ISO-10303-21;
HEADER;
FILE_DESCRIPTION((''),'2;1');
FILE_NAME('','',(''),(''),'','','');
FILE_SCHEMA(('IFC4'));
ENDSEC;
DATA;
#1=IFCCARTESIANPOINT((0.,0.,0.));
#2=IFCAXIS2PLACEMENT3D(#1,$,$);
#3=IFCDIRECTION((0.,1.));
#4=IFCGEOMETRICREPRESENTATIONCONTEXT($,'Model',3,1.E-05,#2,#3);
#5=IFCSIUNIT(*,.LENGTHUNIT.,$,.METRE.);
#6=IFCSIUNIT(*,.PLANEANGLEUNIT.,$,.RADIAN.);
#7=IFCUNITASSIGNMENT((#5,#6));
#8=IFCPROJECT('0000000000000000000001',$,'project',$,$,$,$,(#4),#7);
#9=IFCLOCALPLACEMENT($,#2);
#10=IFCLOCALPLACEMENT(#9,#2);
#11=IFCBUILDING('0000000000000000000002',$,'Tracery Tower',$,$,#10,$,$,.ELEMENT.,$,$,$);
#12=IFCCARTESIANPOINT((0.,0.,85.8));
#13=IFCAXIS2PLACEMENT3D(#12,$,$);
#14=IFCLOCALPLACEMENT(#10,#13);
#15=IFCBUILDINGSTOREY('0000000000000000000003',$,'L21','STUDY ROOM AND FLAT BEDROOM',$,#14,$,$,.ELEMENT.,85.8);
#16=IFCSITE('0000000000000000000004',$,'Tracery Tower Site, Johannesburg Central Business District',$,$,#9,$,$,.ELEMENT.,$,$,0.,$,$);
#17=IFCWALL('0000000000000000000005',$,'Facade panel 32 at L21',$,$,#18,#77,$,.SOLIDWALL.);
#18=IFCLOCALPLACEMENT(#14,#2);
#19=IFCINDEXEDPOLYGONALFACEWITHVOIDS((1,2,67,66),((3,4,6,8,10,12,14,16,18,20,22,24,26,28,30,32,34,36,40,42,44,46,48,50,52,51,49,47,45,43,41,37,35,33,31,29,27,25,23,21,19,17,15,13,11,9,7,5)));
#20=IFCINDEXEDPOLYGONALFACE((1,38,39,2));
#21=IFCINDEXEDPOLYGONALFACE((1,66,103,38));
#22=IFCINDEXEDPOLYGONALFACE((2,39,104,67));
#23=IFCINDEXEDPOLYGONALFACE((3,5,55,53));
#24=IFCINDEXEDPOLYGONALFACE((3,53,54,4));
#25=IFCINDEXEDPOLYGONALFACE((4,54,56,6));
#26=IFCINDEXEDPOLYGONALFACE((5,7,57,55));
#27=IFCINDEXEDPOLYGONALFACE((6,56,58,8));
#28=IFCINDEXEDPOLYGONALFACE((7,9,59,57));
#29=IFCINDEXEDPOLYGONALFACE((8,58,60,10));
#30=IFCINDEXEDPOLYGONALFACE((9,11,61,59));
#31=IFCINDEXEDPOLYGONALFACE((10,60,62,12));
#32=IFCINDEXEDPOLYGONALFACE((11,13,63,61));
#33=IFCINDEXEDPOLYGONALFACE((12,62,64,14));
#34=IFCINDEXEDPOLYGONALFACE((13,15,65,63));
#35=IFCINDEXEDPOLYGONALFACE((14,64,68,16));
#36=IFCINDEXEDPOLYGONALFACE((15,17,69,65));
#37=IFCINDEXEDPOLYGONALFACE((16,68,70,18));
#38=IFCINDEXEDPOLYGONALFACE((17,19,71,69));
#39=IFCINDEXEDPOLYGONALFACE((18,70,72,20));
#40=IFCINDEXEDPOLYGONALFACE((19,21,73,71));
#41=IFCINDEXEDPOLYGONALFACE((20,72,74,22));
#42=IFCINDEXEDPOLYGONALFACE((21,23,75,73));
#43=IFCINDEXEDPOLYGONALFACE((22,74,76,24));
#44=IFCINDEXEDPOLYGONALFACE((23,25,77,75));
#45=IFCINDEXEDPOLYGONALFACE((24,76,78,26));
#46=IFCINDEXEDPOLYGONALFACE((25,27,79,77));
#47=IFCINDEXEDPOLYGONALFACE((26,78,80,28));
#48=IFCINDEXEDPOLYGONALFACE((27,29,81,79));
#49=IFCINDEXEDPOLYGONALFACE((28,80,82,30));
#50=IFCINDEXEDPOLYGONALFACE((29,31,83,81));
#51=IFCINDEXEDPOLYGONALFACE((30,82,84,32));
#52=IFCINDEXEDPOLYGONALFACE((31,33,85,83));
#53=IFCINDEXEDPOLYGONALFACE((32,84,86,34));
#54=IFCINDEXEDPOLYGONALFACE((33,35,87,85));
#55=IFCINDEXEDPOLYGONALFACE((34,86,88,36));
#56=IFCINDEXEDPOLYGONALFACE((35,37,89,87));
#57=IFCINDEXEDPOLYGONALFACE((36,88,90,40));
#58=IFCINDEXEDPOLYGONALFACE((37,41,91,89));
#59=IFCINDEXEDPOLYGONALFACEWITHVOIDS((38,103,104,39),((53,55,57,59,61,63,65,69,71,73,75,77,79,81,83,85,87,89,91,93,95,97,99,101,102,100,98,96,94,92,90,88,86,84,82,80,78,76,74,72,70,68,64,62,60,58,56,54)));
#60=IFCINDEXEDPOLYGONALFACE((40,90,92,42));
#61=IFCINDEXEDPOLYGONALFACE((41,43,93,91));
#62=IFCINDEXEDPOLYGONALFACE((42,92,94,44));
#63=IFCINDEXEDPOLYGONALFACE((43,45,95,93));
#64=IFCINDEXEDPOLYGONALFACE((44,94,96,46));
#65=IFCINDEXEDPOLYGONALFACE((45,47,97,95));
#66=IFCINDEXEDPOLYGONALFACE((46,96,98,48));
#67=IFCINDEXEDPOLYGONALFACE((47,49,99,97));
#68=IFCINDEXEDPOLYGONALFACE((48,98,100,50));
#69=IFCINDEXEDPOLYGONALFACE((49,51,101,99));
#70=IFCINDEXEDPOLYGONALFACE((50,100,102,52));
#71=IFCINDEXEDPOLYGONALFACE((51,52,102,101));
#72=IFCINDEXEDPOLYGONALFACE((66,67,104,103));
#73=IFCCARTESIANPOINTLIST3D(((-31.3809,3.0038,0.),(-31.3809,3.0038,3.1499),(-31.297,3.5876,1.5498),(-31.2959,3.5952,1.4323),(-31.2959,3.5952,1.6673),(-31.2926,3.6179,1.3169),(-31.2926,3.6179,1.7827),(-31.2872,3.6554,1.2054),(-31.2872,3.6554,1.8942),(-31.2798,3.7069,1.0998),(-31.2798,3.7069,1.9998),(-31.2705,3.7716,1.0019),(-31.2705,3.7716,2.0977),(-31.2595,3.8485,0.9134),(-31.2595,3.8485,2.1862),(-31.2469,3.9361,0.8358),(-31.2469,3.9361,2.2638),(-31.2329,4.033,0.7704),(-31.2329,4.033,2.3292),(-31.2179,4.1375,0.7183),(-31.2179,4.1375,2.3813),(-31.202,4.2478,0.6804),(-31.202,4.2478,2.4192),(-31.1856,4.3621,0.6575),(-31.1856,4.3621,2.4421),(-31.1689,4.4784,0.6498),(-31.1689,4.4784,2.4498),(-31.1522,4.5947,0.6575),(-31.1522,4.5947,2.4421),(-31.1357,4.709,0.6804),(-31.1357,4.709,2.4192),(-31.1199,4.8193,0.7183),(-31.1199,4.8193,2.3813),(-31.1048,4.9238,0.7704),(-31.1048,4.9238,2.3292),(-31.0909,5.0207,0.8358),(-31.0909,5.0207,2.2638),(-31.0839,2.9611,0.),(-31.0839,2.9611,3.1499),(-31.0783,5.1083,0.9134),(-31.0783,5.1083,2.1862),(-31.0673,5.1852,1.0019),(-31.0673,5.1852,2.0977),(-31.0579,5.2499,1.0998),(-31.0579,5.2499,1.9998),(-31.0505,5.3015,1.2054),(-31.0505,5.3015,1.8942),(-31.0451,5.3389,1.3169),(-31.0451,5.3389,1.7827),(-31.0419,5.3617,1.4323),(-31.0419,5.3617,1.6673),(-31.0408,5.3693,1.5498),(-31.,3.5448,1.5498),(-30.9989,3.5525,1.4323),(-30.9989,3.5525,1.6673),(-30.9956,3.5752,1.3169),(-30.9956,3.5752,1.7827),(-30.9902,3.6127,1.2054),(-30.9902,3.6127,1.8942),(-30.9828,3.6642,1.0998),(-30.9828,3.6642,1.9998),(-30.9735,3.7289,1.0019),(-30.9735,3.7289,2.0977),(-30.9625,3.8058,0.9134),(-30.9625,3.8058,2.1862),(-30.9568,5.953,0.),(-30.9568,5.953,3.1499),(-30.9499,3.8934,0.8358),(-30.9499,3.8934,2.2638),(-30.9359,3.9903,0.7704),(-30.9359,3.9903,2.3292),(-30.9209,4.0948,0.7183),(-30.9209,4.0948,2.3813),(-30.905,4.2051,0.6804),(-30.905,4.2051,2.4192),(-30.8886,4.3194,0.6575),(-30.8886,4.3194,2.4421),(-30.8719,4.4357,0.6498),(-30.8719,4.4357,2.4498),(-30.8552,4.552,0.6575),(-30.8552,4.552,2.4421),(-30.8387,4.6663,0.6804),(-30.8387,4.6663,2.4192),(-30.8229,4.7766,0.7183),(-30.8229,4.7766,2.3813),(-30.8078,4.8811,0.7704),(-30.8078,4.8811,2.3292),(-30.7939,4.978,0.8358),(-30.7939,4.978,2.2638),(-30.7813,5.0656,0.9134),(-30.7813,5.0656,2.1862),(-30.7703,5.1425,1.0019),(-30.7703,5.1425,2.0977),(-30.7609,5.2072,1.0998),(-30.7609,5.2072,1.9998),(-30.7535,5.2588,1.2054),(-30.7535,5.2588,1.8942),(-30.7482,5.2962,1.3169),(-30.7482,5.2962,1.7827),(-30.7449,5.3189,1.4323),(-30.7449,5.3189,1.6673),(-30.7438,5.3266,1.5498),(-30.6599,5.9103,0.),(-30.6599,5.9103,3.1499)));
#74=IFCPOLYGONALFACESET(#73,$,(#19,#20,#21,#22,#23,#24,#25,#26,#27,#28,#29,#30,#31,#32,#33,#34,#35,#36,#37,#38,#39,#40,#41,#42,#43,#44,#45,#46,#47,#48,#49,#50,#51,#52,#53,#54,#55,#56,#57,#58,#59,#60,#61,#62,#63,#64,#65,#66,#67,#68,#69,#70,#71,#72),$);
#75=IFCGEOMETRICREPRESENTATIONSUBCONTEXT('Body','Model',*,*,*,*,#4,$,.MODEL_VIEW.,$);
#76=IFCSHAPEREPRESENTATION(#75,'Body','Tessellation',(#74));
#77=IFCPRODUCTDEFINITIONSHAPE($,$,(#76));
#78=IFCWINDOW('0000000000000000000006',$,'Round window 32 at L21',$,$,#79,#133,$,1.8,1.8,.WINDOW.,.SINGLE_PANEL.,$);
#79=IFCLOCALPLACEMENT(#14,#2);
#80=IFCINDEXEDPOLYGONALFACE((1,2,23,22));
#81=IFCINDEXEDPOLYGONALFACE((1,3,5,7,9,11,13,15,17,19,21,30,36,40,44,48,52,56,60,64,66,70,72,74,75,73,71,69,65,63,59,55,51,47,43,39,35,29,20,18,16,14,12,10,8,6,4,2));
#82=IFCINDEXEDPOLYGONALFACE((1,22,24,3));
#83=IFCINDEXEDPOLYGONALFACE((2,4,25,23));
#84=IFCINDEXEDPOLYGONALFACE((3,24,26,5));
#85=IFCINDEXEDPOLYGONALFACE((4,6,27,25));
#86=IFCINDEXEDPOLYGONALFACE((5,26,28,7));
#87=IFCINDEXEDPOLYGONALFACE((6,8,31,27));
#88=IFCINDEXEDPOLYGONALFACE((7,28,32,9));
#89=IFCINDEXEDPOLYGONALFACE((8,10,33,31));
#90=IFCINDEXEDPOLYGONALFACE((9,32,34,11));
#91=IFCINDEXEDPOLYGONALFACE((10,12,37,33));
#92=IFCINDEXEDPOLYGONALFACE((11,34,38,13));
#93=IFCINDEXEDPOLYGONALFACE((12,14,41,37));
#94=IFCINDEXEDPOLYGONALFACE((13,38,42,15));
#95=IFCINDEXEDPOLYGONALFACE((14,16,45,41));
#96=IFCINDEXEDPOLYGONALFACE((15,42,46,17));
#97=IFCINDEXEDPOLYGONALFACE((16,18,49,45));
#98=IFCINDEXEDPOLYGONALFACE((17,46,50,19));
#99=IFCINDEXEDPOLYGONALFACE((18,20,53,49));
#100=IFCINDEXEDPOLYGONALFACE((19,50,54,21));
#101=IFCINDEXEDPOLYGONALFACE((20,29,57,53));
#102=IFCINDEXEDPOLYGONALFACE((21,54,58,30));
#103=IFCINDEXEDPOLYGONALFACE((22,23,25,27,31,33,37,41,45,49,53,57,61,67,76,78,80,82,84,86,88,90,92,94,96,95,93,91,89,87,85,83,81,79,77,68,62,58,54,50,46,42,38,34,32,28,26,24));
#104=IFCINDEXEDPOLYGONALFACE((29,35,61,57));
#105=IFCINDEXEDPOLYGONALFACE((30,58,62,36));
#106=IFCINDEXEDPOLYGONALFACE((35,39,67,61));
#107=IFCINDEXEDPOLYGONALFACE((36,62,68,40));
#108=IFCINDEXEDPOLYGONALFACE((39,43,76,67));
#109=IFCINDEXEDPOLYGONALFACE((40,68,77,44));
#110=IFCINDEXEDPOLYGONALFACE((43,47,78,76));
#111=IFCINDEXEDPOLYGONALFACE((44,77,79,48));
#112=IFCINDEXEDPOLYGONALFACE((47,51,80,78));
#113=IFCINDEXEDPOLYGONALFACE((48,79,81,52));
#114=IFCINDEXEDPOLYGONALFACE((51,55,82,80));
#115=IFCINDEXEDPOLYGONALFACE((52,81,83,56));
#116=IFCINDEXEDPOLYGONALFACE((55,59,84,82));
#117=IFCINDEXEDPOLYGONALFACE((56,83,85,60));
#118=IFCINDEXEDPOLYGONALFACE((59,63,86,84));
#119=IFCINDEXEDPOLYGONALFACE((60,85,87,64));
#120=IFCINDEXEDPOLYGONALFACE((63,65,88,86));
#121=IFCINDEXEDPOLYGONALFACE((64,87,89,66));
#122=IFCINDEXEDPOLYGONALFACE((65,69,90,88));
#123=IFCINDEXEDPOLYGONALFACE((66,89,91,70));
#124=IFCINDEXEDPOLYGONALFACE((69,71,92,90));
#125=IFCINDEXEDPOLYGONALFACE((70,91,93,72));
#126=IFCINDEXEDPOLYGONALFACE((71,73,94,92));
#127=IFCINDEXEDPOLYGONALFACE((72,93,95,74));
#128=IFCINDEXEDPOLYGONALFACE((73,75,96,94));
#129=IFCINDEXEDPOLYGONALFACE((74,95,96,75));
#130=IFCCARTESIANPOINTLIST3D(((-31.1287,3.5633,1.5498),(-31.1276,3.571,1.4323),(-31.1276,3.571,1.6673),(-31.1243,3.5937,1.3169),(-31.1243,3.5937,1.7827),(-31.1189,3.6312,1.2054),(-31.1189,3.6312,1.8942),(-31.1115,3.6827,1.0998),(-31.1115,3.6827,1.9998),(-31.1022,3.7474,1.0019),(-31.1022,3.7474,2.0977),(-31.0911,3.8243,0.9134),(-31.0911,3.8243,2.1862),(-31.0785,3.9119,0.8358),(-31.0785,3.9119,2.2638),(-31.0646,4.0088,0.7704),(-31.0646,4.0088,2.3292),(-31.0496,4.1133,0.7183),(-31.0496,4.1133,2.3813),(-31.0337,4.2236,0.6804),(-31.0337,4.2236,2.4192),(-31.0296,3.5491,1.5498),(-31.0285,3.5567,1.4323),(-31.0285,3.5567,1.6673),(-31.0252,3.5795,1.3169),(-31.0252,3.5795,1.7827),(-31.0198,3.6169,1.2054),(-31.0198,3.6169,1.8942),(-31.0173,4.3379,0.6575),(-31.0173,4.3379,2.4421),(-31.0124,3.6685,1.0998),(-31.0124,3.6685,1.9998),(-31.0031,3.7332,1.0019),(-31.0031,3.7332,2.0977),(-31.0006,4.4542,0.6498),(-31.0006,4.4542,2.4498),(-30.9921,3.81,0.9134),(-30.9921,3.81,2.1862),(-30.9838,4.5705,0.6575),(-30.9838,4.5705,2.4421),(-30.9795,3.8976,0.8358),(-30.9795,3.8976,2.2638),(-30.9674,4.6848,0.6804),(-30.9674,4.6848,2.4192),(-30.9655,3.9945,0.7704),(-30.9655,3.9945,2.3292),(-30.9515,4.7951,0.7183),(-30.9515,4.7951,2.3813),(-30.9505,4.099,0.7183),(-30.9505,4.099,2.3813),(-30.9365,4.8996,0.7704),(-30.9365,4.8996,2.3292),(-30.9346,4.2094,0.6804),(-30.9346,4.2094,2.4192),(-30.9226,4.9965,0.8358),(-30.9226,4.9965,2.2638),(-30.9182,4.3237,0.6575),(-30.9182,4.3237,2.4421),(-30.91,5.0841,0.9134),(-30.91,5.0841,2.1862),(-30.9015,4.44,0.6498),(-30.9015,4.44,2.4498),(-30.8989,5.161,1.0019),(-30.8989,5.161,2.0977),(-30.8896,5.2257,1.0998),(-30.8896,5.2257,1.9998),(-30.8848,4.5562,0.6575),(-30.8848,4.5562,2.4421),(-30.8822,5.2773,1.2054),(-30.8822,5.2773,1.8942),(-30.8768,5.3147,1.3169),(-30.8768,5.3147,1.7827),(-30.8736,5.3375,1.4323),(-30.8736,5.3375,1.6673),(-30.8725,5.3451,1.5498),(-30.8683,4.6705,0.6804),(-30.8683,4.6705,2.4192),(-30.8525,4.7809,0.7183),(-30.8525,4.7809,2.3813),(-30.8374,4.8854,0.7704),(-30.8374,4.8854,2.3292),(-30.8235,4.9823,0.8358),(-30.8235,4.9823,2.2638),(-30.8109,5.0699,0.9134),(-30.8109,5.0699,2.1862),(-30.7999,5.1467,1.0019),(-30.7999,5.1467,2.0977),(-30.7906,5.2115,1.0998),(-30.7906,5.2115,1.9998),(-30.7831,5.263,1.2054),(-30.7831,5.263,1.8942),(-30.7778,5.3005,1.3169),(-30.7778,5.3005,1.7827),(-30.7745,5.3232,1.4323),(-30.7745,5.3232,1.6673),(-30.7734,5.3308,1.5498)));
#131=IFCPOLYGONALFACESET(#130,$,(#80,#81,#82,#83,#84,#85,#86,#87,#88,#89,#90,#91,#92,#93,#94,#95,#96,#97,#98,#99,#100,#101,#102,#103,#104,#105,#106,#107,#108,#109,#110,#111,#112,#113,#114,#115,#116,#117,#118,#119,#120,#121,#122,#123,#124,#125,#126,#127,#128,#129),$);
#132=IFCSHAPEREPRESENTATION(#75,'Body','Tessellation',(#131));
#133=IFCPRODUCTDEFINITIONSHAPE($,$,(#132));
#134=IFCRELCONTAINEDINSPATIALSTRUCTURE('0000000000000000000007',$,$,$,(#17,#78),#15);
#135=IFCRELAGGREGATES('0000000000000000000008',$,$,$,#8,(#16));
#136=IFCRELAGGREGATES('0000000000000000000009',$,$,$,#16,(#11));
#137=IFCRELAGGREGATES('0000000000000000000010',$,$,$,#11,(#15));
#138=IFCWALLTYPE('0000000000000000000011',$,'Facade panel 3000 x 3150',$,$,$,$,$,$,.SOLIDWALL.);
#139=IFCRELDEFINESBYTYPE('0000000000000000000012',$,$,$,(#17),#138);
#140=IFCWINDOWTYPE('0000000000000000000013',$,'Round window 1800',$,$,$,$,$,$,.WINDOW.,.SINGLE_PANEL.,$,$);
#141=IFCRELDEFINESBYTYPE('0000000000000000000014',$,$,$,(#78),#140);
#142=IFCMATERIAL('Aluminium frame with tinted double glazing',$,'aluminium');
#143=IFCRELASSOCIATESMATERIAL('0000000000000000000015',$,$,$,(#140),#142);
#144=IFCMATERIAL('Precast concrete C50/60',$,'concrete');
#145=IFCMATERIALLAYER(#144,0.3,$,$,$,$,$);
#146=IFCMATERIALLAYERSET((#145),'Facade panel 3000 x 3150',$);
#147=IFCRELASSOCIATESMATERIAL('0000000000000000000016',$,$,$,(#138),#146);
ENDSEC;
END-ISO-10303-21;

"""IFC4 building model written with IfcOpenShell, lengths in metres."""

from ifc_helpers import new_model, si_unit, direction, frame, frame_2d, origin, origin_2d, place, context, subcontext, project, spatial, rectangle, circle, extrude, material, layer, layer_set, type_object, element, fill, save


model = new_model("IFC4")

# Units and contexts
model_context = context("Model", 3, precision=1e-05, world=origin(), true_north=direction((0.0, 1.0)))
body_context = subcontext(model_context, "Body", "Model", "MODEL_VIEW")
ifc_project = project(units=[si_unit("LENGTHUNIT", "METRE"), si_unit("PLANEANGLEUNIT", "RADIAN")], contexts=[model_context])

# Site, building, storey
site_placement = place(None, origin())
site = spatial("IfcSite", under=ifc_project, at=site_placement, Name="Tracery Tower Site, Johannesburg Central Business District", CompositionType="ELEMENT", RefElevation=0.0)
building_placement = place(site_placement, origin())
building = spatial("IfcBuilding", under=site, at=building_placement, Name="Tracery Tower", CompositionType="ELEMENT")
storey_placement = place(building_placement, frame((0.0, 0.0, 85.8)))
storey = spatial("IfcBuildingStorey", under=building, at=storey_placement, Name="L21", Description="STUDY ROOM AND FLAT BEDROOM", CompositionType="ELEMENT", Elevation=85.8)

# Wall, opening, window
ifc_material_1 = material(Name="Aluminium frame with tinted double glazing", Category="aluminium")
window_type = type_object("IfcWindowType", Name="Round window 1800", PartitioningType="SINGLE_PANEL", PredefinedType="WINDOW", material=ifc_material_1)
ifc_material_2 = material(Name="Precast concrete C50/60", Category="concrete")
ifc_layer_1 = layer(ifc_material_2, 0.3)
ifc_layer_set_1 = layer_set([ifc_layer_1], Name="Facade panel 3000 x 3150")
wall_type_1 = type_object("IfcWallType", Name="Facade panel 3000 x 3150", PredefinedType="SOLIDWALL", material=ifc_layer_set_1)
wall_1_placement = place(storey_placement, frame((-30.8083, 5.9316, 0.0), z_axis=(0.0, 0.0, 1.0), x_axis=(-0.142328, -0.98982, 0.0)))
wall_1 = element("IfcWall", 1, at=wall_1_placement, inside=storey, type_object=wall_type_1, Name="Facade panel 32 at L21", PredefinedType="SOLIDWALL", context=body_context, shape_type="SweptSolid", body=[
    extrude(rectangle(XDim=2.9795, YDim=0.3, at=frame_2d((1.4897, 0.0))), origin(), (0.0, 0.0, 1.0), 3.1499),
])
opening_1_placement = place(wall_1_placement, frame((1.4897, 0.0, 1.5498)))
opening_1 = element("IfcOpeningElement", 2, at=opening_1_placement, cuts=wall_1, PredefinedType="OPENING", context=body_context, shape_type="SweptSolid", body=[
    extrude(circle(Radius=0.9, at=origin_2d()), frame((0.0, 0.1599, 0.0), z_axis=(0.0, -1.0, 0.0), x_axis=(1.0, 0.0, 0.0)), (0.0, 0.0, 1.0), 0.3201),
])
window_1_placement = place(opening_1_placement, origin())
window_1 = element("IfcWindow", 3, at=window_1_placement, inside=storey, type_object=window_type, Name="Round window 32 at L21", OverallHeight=1.8, OverallWidth=1.8, PartitioningType="SINGLE_PANEL", PredefinedType="WINDOW", context=body_context, shape_type="SweptSolid", body=[
    extrude(circle(Radius=0.9, at=origin_2d()), frame((0.0, 0.1201, 0.0), z_axis=(0.0, -1.0, 0.0), x_axis=(1.0, 0.0, 0.0)), (0.0, 0.0, 1.0), 0.1001),
])
fill(opening_1, window_1)

save(model, "model.ifc")
